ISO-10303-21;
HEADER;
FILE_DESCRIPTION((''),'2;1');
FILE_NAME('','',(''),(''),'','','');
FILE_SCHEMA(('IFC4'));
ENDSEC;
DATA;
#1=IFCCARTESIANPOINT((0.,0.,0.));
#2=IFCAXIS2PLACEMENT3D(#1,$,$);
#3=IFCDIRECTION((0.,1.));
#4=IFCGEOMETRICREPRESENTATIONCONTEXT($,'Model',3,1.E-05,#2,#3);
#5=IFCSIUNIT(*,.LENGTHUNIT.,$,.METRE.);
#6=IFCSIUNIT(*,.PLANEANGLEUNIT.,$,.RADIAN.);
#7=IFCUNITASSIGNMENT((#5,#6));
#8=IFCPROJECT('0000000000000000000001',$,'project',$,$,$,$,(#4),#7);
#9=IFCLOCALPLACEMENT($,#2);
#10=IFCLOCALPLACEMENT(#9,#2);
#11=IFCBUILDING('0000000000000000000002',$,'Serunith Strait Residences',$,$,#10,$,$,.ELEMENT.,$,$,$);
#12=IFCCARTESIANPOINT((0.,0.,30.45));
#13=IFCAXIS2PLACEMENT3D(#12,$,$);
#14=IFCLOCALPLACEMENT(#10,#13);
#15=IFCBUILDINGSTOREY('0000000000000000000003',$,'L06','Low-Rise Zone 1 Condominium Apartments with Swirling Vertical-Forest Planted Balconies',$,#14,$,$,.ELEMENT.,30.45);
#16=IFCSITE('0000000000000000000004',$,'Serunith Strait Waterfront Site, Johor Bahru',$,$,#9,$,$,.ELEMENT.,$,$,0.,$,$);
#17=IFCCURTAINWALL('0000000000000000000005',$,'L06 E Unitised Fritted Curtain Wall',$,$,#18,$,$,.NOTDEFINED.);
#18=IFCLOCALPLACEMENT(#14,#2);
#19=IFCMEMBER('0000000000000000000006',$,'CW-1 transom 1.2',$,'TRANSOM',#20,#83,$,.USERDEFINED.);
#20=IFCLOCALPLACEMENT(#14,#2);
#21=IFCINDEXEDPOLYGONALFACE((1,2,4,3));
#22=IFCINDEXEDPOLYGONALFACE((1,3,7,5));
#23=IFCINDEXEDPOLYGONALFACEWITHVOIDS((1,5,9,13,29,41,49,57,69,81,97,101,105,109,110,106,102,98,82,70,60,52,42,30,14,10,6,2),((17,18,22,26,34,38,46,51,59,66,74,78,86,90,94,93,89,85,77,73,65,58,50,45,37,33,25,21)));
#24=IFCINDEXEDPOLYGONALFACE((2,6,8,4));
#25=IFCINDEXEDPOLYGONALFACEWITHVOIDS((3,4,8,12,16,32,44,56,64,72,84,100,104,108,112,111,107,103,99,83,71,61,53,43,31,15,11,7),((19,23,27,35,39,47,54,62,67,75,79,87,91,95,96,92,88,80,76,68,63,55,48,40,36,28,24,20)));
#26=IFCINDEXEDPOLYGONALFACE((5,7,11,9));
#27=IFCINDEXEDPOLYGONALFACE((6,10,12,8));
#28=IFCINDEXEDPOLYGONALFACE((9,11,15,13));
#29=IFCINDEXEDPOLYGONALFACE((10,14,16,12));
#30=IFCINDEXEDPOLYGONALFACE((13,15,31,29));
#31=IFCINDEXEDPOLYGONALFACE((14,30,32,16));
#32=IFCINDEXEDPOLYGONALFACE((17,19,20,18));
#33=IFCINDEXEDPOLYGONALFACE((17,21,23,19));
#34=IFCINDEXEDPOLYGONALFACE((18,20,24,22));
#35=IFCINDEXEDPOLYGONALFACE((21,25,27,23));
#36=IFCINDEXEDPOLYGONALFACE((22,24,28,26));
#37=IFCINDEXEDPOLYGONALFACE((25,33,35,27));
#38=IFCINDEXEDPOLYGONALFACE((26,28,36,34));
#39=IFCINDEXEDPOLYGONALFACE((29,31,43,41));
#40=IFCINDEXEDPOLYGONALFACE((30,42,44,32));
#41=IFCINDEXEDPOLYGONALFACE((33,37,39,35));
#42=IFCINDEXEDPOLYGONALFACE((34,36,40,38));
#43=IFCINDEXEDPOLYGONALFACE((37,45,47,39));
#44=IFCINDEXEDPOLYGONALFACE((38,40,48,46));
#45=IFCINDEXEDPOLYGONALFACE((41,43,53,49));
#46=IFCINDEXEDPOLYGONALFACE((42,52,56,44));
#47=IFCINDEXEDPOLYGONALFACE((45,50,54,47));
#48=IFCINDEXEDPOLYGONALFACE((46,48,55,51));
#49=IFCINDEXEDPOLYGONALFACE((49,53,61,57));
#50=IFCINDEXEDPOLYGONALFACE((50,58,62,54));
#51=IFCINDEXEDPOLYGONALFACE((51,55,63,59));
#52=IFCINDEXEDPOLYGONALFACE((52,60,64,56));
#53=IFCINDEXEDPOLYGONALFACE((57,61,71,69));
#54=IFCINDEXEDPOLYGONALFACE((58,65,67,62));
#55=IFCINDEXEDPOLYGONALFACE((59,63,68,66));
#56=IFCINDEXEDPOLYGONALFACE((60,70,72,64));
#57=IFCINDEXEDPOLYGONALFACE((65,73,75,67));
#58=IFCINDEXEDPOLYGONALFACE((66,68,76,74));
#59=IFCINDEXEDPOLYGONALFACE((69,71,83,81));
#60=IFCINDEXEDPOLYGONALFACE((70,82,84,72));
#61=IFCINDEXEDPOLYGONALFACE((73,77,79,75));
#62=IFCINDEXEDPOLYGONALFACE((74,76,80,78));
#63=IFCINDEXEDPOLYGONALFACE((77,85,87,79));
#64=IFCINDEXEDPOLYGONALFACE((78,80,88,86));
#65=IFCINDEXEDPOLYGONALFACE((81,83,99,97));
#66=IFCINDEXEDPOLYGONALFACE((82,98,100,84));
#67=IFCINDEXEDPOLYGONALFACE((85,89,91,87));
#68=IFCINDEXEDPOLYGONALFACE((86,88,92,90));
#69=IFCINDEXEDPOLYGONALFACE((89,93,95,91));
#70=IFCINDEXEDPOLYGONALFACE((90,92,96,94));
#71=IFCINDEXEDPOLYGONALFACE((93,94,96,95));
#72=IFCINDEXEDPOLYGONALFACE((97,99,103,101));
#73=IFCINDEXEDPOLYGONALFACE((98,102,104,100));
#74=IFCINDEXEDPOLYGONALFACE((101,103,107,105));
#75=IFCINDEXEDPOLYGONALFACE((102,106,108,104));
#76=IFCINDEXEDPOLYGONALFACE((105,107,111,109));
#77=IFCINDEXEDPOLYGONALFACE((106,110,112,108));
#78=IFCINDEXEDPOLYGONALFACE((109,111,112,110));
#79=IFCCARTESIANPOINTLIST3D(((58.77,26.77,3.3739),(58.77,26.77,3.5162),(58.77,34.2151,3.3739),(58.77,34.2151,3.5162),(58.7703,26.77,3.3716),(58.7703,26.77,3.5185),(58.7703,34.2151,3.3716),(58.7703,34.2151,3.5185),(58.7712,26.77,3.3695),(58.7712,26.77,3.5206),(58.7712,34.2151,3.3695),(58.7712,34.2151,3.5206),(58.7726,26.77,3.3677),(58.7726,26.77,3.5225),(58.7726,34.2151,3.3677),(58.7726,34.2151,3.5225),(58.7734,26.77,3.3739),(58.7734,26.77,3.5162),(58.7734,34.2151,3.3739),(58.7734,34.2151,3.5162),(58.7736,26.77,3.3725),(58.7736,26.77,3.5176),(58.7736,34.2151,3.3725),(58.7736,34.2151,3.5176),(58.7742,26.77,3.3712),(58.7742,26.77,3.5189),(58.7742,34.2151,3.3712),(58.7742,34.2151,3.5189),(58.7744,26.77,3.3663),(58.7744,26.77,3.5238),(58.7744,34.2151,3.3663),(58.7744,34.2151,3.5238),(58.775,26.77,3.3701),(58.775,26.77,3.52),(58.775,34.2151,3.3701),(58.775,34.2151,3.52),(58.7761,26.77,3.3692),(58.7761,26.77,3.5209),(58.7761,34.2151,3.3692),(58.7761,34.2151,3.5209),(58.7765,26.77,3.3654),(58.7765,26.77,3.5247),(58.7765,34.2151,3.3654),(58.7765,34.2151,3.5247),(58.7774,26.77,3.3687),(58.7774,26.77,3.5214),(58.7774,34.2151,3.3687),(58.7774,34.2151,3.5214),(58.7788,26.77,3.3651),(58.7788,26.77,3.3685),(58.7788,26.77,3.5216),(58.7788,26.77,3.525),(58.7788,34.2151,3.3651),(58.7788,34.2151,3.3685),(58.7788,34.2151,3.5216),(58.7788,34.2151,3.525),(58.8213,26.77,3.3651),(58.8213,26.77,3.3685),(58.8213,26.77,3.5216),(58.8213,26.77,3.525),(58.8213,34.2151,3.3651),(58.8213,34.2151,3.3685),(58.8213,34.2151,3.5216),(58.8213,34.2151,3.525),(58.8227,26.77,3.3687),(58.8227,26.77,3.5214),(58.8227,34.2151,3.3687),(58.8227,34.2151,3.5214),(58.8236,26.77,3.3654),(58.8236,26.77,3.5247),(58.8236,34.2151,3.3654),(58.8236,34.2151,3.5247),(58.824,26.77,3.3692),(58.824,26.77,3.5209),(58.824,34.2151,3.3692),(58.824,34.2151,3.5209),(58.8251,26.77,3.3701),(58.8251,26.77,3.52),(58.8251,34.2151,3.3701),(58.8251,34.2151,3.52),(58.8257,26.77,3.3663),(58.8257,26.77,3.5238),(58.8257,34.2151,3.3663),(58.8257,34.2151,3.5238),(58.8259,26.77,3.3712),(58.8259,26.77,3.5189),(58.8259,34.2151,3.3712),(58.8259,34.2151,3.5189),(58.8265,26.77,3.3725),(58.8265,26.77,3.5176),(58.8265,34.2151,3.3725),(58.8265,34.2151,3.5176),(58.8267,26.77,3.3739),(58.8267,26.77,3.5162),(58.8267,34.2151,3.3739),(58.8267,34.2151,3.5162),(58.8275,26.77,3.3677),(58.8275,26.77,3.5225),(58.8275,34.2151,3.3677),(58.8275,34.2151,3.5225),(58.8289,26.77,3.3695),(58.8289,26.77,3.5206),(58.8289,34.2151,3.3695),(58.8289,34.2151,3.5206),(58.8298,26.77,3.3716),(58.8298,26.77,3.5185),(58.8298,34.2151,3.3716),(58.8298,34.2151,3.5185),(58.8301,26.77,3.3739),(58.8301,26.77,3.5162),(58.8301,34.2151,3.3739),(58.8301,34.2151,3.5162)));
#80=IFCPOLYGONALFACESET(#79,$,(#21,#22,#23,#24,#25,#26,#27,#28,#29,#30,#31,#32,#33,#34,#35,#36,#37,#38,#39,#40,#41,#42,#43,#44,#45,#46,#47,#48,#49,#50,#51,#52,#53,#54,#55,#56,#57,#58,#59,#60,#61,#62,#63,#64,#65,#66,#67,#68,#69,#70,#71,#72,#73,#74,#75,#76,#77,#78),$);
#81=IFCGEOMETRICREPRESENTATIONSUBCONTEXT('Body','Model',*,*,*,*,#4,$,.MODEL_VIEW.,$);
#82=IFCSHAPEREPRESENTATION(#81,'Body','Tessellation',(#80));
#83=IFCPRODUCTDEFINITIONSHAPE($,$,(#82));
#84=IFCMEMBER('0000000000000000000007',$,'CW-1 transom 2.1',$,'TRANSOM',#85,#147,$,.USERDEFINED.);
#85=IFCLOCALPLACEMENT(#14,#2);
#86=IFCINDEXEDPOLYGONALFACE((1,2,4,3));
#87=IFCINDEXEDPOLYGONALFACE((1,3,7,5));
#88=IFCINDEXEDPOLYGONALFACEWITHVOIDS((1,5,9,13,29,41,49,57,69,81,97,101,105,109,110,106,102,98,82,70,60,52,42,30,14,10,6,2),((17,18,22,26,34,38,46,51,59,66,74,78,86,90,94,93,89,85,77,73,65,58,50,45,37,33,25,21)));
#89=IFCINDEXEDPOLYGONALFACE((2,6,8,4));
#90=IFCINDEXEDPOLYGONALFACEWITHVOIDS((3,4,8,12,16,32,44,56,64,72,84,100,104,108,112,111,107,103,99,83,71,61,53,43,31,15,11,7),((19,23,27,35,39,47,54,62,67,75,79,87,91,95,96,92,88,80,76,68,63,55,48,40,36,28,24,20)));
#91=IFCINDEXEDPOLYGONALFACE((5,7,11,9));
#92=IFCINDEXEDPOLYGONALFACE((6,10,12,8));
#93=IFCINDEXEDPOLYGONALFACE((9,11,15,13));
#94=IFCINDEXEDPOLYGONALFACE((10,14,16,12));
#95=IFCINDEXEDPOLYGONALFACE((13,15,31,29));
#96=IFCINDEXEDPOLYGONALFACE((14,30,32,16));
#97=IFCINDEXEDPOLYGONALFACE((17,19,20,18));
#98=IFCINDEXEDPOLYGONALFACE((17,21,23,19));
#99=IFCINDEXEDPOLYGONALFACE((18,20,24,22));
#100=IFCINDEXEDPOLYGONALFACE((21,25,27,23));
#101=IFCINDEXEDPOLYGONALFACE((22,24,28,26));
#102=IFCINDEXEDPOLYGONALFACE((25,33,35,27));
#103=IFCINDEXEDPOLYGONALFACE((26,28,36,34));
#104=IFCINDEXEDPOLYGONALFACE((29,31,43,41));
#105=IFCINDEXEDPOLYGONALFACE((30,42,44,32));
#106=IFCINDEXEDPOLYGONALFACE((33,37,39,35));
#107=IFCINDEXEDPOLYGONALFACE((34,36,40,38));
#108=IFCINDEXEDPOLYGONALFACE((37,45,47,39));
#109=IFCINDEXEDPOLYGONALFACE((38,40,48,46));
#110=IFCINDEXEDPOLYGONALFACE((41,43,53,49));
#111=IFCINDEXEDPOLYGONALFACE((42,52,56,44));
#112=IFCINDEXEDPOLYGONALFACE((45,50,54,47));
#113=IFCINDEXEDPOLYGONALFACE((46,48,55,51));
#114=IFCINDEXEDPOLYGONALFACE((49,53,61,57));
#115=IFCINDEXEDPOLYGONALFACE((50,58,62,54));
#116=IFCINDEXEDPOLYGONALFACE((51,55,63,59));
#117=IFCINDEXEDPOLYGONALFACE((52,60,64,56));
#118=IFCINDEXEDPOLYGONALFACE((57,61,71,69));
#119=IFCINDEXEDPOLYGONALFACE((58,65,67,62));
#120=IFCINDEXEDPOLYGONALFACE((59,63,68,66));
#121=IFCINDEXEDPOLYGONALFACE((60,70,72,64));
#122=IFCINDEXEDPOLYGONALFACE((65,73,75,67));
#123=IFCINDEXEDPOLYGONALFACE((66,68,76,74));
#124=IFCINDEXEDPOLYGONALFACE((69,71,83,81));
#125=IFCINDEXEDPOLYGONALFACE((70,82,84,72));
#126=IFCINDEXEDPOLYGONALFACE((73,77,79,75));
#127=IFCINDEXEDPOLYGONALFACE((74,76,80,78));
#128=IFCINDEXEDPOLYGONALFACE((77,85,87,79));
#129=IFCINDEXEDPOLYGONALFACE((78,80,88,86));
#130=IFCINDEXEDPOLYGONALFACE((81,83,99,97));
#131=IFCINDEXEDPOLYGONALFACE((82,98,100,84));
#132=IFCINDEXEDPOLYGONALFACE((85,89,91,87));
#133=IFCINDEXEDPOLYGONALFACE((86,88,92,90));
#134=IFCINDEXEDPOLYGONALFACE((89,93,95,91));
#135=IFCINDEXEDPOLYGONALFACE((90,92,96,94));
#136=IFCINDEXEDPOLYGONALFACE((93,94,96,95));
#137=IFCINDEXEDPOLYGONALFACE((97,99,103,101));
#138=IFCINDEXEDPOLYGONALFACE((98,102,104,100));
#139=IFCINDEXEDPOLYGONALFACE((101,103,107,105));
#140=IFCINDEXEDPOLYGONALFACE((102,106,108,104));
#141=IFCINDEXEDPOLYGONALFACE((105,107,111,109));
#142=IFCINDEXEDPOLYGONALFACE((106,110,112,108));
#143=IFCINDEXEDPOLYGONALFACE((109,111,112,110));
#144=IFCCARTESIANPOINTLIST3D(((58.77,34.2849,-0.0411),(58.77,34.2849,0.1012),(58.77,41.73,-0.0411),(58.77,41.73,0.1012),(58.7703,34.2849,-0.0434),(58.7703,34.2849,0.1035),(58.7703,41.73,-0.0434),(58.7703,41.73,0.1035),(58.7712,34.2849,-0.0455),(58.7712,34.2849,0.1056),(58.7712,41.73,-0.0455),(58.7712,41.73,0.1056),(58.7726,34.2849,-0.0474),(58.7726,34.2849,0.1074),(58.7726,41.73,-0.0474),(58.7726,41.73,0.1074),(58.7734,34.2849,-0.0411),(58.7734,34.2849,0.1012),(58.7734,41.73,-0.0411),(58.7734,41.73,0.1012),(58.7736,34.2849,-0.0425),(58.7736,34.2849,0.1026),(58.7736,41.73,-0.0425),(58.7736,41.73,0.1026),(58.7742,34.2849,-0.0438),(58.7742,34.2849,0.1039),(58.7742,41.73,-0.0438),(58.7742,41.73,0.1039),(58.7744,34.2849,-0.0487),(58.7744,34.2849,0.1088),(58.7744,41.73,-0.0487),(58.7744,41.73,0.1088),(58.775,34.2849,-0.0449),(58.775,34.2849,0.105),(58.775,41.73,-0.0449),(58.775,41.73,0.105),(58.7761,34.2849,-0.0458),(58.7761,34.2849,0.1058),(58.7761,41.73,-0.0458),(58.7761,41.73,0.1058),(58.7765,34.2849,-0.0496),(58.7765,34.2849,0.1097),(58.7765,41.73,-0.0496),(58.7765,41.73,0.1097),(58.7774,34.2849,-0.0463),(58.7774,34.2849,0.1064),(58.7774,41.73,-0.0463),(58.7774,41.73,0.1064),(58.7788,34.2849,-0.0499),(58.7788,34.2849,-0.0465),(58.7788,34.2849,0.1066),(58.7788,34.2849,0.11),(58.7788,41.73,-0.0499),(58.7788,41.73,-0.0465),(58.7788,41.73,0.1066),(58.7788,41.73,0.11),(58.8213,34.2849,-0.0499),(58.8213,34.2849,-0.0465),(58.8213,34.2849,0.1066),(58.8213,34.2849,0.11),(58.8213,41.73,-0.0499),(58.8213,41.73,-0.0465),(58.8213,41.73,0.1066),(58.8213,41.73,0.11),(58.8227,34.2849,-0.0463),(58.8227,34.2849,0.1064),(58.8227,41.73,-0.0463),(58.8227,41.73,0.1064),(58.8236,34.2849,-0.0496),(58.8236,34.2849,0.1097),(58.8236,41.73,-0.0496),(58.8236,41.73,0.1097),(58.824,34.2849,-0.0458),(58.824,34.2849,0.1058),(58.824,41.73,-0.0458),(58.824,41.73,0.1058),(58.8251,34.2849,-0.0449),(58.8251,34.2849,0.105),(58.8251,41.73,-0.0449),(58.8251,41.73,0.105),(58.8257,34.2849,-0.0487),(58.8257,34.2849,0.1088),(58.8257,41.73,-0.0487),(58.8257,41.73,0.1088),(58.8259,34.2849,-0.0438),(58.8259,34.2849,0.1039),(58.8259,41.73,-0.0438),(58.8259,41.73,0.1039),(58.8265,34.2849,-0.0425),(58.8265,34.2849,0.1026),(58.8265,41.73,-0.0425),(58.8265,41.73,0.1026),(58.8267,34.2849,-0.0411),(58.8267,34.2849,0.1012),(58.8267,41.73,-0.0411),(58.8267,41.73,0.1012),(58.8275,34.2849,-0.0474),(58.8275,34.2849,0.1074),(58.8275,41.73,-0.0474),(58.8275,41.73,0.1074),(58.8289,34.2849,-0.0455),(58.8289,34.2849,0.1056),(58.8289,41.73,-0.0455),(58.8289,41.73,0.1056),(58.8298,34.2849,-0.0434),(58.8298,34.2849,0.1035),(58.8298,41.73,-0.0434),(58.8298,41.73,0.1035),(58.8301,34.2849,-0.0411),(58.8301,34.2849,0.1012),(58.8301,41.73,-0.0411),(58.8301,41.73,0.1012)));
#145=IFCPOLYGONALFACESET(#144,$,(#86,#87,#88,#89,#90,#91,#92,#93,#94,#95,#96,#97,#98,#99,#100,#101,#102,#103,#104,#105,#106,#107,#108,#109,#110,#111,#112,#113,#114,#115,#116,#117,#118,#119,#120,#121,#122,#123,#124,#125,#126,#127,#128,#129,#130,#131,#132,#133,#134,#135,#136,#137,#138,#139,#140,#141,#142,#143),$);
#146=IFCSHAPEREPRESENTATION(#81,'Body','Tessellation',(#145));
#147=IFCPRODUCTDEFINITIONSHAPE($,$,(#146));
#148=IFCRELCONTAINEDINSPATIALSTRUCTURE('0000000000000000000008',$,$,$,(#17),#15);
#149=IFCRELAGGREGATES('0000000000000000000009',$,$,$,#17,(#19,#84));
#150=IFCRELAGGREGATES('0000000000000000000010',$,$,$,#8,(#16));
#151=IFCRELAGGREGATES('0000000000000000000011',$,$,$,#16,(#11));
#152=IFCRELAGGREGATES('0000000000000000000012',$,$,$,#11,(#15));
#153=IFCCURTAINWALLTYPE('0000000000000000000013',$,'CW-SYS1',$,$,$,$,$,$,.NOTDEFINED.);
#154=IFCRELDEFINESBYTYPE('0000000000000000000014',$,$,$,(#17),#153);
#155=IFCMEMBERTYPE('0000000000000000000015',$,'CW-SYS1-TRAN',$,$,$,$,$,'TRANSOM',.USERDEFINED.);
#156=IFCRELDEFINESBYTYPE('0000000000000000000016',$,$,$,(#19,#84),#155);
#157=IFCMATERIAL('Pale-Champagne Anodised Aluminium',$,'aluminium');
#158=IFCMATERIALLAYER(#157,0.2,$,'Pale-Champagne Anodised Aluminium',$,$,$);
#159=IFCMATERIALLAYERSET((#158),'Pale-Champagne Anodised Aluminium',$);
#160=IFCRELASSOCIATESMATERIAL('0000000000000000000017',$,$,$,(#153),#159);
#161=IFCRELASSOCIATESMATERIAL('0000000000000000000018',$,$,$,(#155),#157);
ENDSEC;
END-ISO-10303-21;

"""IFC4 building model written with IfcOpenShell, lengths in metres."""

from ifc_helpers import new_model, si_unit, direction, frame, origin, origin_2d, place, context, subcontext, project, spatial, hollow_rectangle, extrude, source, transform, mapped, material, layer, layer_set, material_profile, profile_set, type_object, element, aggregate, save


model = new_model("IFC4")

# Units and contexts
model_context = context("Model", 3, precision=1e-05, world=origin(), true_north=direction((0.0, 1.0)))
body_context = subcontext(model_context, "Body", "Model", "MODEL_VIEW")
ifc_project = project(units=[si_unit("LENGTHUNIT", "METRE"), si_unit("PLANEANGLEUNIT", "RADIAN")], contexts=[model_context])

# Site, building, storey
site_placement = place(None, origin())
site = spatial("IfcSite", under=ifc_project, at=site_placement, Name="Serunith Strait Waterfront Site, Johor Bahru", CompositionType="ELEMENT", RefElevation=0.0)
building_placement = place(site_placement, origin())
building = spatial("IfcBuilding", under=site, at=building_placement, Name="Serunith Strait Residences", CompositionType="ELEMENT")
storey_placement = place(building_placement, frame((0.0, 0.0, 30.45)))
storey = spatial("IfcBuildingStorey", under=building, at=storey_placement, Name="L06", Description="Low-Rise Zone 1 Condominium Apartments with Swirling Vertical-Forest Planted Balconies", CompositionType="ELEMENT", Elevation=30.45)

# Curtain wall, members
ifc_material_1 = material(Name="Pale-Champagne Anodised Aluminium", Category="aluminium")
ifc_layer_1 = layer(ifc_material_1, 0.2, Name="Pale-Champagne Anodised Aluminium")
ifc_layer_set_1 = layer_set([ifc_layer_1], Name="Pale-Champagne Anodised Aluminium")
curtain_wall_type = type_object("IfcCurtainWallType", Name="CW-SYS1", PredefinedType="NOTDEFINED", material=ifc_layer_set_1)
curtain_wall_placement = place(storey_placement, origin())
curtain_wall = element("IfcCurtainWall", 1, at=curtain_wall_placement, inside=storey, type_object=curtain_wall_type, Name="L06 E Unitised Fritted Curtain Wall", PredefinedType="NOTDEFINED")
ifc_material_profile_1 = material_profile(ifc_material_1, hollow_rectangle(XDim=0.0601, YDim=0.1599, WallThickness=0.0034, InnerFilletRadius=0.0054, OuterFilletRadius=0.0088, at=origin_2d()), Name="ALU 160x60x3.5")
ifc_profile_set_1 = profile_set([ifc_material_profile_1], Name="Pale-Champagne Anodised Aluminium")
member_type_1 = type_object("IfcMemberType", Name="CW-SYS1-TRAN", ElementType="TRANSOM", PredefinedType="USERDEFINED", material=ifc_profile_set_1)
shared_shape_1 = source(origin(), body_context, "Body", "SweptSolid", [
    extrude(hollow_rectangle(XDim=0.0601, YDim=0.1599, WallThickness=0.0034, InnerFilletRadius=0.0054, OuterFilletRadius=0.0088, at=origin_2d()), origin(), (0.0, 0.0, 1.0), 7.4451),
])
member_1_placement = place(storey_placement, frame((58.8, 26.77, 3.4451), z_axis=(0.0, 1.0, 0.0), x_axis=(-1.0, 0.0, 0.0)))
member_1 = element("IfcMember", 2, at=member_1_placement, type_object=member_type_1, Name="CW-1 transom 1.2", ObjectType="TRANSOM", PredefinedType="USERDEFINED", context=body_context, shape_type="MappedRepresentation", body=[
    mapped(shared_shape_1, transform((0.0, 0.0, 0.0), scale=1.0)),
])
member_2_placement = place(storey_placement, frame((58.8, 34.2849, 0.03), z_axis=(0.0, 1.0, 0.0), x_axis=(-1.0, 0.0, 0.0)))
member_2 = element("IfcMember", 3, at=member_2_placement, type_object=member_type_1, Name="CW-1 transom 2.1", ObjectType="TRANSOM", PredefinedType="USERDEFINED", context=body_context, shape_type="MappedRepresentation", body=[
    mapped(shared_shape_1, transform((0.0, 0.0, 0.0), scale=1.0)),
])
aggregate(curtain_wall, [member_1, member_2])

save(model, "model.ifc")
